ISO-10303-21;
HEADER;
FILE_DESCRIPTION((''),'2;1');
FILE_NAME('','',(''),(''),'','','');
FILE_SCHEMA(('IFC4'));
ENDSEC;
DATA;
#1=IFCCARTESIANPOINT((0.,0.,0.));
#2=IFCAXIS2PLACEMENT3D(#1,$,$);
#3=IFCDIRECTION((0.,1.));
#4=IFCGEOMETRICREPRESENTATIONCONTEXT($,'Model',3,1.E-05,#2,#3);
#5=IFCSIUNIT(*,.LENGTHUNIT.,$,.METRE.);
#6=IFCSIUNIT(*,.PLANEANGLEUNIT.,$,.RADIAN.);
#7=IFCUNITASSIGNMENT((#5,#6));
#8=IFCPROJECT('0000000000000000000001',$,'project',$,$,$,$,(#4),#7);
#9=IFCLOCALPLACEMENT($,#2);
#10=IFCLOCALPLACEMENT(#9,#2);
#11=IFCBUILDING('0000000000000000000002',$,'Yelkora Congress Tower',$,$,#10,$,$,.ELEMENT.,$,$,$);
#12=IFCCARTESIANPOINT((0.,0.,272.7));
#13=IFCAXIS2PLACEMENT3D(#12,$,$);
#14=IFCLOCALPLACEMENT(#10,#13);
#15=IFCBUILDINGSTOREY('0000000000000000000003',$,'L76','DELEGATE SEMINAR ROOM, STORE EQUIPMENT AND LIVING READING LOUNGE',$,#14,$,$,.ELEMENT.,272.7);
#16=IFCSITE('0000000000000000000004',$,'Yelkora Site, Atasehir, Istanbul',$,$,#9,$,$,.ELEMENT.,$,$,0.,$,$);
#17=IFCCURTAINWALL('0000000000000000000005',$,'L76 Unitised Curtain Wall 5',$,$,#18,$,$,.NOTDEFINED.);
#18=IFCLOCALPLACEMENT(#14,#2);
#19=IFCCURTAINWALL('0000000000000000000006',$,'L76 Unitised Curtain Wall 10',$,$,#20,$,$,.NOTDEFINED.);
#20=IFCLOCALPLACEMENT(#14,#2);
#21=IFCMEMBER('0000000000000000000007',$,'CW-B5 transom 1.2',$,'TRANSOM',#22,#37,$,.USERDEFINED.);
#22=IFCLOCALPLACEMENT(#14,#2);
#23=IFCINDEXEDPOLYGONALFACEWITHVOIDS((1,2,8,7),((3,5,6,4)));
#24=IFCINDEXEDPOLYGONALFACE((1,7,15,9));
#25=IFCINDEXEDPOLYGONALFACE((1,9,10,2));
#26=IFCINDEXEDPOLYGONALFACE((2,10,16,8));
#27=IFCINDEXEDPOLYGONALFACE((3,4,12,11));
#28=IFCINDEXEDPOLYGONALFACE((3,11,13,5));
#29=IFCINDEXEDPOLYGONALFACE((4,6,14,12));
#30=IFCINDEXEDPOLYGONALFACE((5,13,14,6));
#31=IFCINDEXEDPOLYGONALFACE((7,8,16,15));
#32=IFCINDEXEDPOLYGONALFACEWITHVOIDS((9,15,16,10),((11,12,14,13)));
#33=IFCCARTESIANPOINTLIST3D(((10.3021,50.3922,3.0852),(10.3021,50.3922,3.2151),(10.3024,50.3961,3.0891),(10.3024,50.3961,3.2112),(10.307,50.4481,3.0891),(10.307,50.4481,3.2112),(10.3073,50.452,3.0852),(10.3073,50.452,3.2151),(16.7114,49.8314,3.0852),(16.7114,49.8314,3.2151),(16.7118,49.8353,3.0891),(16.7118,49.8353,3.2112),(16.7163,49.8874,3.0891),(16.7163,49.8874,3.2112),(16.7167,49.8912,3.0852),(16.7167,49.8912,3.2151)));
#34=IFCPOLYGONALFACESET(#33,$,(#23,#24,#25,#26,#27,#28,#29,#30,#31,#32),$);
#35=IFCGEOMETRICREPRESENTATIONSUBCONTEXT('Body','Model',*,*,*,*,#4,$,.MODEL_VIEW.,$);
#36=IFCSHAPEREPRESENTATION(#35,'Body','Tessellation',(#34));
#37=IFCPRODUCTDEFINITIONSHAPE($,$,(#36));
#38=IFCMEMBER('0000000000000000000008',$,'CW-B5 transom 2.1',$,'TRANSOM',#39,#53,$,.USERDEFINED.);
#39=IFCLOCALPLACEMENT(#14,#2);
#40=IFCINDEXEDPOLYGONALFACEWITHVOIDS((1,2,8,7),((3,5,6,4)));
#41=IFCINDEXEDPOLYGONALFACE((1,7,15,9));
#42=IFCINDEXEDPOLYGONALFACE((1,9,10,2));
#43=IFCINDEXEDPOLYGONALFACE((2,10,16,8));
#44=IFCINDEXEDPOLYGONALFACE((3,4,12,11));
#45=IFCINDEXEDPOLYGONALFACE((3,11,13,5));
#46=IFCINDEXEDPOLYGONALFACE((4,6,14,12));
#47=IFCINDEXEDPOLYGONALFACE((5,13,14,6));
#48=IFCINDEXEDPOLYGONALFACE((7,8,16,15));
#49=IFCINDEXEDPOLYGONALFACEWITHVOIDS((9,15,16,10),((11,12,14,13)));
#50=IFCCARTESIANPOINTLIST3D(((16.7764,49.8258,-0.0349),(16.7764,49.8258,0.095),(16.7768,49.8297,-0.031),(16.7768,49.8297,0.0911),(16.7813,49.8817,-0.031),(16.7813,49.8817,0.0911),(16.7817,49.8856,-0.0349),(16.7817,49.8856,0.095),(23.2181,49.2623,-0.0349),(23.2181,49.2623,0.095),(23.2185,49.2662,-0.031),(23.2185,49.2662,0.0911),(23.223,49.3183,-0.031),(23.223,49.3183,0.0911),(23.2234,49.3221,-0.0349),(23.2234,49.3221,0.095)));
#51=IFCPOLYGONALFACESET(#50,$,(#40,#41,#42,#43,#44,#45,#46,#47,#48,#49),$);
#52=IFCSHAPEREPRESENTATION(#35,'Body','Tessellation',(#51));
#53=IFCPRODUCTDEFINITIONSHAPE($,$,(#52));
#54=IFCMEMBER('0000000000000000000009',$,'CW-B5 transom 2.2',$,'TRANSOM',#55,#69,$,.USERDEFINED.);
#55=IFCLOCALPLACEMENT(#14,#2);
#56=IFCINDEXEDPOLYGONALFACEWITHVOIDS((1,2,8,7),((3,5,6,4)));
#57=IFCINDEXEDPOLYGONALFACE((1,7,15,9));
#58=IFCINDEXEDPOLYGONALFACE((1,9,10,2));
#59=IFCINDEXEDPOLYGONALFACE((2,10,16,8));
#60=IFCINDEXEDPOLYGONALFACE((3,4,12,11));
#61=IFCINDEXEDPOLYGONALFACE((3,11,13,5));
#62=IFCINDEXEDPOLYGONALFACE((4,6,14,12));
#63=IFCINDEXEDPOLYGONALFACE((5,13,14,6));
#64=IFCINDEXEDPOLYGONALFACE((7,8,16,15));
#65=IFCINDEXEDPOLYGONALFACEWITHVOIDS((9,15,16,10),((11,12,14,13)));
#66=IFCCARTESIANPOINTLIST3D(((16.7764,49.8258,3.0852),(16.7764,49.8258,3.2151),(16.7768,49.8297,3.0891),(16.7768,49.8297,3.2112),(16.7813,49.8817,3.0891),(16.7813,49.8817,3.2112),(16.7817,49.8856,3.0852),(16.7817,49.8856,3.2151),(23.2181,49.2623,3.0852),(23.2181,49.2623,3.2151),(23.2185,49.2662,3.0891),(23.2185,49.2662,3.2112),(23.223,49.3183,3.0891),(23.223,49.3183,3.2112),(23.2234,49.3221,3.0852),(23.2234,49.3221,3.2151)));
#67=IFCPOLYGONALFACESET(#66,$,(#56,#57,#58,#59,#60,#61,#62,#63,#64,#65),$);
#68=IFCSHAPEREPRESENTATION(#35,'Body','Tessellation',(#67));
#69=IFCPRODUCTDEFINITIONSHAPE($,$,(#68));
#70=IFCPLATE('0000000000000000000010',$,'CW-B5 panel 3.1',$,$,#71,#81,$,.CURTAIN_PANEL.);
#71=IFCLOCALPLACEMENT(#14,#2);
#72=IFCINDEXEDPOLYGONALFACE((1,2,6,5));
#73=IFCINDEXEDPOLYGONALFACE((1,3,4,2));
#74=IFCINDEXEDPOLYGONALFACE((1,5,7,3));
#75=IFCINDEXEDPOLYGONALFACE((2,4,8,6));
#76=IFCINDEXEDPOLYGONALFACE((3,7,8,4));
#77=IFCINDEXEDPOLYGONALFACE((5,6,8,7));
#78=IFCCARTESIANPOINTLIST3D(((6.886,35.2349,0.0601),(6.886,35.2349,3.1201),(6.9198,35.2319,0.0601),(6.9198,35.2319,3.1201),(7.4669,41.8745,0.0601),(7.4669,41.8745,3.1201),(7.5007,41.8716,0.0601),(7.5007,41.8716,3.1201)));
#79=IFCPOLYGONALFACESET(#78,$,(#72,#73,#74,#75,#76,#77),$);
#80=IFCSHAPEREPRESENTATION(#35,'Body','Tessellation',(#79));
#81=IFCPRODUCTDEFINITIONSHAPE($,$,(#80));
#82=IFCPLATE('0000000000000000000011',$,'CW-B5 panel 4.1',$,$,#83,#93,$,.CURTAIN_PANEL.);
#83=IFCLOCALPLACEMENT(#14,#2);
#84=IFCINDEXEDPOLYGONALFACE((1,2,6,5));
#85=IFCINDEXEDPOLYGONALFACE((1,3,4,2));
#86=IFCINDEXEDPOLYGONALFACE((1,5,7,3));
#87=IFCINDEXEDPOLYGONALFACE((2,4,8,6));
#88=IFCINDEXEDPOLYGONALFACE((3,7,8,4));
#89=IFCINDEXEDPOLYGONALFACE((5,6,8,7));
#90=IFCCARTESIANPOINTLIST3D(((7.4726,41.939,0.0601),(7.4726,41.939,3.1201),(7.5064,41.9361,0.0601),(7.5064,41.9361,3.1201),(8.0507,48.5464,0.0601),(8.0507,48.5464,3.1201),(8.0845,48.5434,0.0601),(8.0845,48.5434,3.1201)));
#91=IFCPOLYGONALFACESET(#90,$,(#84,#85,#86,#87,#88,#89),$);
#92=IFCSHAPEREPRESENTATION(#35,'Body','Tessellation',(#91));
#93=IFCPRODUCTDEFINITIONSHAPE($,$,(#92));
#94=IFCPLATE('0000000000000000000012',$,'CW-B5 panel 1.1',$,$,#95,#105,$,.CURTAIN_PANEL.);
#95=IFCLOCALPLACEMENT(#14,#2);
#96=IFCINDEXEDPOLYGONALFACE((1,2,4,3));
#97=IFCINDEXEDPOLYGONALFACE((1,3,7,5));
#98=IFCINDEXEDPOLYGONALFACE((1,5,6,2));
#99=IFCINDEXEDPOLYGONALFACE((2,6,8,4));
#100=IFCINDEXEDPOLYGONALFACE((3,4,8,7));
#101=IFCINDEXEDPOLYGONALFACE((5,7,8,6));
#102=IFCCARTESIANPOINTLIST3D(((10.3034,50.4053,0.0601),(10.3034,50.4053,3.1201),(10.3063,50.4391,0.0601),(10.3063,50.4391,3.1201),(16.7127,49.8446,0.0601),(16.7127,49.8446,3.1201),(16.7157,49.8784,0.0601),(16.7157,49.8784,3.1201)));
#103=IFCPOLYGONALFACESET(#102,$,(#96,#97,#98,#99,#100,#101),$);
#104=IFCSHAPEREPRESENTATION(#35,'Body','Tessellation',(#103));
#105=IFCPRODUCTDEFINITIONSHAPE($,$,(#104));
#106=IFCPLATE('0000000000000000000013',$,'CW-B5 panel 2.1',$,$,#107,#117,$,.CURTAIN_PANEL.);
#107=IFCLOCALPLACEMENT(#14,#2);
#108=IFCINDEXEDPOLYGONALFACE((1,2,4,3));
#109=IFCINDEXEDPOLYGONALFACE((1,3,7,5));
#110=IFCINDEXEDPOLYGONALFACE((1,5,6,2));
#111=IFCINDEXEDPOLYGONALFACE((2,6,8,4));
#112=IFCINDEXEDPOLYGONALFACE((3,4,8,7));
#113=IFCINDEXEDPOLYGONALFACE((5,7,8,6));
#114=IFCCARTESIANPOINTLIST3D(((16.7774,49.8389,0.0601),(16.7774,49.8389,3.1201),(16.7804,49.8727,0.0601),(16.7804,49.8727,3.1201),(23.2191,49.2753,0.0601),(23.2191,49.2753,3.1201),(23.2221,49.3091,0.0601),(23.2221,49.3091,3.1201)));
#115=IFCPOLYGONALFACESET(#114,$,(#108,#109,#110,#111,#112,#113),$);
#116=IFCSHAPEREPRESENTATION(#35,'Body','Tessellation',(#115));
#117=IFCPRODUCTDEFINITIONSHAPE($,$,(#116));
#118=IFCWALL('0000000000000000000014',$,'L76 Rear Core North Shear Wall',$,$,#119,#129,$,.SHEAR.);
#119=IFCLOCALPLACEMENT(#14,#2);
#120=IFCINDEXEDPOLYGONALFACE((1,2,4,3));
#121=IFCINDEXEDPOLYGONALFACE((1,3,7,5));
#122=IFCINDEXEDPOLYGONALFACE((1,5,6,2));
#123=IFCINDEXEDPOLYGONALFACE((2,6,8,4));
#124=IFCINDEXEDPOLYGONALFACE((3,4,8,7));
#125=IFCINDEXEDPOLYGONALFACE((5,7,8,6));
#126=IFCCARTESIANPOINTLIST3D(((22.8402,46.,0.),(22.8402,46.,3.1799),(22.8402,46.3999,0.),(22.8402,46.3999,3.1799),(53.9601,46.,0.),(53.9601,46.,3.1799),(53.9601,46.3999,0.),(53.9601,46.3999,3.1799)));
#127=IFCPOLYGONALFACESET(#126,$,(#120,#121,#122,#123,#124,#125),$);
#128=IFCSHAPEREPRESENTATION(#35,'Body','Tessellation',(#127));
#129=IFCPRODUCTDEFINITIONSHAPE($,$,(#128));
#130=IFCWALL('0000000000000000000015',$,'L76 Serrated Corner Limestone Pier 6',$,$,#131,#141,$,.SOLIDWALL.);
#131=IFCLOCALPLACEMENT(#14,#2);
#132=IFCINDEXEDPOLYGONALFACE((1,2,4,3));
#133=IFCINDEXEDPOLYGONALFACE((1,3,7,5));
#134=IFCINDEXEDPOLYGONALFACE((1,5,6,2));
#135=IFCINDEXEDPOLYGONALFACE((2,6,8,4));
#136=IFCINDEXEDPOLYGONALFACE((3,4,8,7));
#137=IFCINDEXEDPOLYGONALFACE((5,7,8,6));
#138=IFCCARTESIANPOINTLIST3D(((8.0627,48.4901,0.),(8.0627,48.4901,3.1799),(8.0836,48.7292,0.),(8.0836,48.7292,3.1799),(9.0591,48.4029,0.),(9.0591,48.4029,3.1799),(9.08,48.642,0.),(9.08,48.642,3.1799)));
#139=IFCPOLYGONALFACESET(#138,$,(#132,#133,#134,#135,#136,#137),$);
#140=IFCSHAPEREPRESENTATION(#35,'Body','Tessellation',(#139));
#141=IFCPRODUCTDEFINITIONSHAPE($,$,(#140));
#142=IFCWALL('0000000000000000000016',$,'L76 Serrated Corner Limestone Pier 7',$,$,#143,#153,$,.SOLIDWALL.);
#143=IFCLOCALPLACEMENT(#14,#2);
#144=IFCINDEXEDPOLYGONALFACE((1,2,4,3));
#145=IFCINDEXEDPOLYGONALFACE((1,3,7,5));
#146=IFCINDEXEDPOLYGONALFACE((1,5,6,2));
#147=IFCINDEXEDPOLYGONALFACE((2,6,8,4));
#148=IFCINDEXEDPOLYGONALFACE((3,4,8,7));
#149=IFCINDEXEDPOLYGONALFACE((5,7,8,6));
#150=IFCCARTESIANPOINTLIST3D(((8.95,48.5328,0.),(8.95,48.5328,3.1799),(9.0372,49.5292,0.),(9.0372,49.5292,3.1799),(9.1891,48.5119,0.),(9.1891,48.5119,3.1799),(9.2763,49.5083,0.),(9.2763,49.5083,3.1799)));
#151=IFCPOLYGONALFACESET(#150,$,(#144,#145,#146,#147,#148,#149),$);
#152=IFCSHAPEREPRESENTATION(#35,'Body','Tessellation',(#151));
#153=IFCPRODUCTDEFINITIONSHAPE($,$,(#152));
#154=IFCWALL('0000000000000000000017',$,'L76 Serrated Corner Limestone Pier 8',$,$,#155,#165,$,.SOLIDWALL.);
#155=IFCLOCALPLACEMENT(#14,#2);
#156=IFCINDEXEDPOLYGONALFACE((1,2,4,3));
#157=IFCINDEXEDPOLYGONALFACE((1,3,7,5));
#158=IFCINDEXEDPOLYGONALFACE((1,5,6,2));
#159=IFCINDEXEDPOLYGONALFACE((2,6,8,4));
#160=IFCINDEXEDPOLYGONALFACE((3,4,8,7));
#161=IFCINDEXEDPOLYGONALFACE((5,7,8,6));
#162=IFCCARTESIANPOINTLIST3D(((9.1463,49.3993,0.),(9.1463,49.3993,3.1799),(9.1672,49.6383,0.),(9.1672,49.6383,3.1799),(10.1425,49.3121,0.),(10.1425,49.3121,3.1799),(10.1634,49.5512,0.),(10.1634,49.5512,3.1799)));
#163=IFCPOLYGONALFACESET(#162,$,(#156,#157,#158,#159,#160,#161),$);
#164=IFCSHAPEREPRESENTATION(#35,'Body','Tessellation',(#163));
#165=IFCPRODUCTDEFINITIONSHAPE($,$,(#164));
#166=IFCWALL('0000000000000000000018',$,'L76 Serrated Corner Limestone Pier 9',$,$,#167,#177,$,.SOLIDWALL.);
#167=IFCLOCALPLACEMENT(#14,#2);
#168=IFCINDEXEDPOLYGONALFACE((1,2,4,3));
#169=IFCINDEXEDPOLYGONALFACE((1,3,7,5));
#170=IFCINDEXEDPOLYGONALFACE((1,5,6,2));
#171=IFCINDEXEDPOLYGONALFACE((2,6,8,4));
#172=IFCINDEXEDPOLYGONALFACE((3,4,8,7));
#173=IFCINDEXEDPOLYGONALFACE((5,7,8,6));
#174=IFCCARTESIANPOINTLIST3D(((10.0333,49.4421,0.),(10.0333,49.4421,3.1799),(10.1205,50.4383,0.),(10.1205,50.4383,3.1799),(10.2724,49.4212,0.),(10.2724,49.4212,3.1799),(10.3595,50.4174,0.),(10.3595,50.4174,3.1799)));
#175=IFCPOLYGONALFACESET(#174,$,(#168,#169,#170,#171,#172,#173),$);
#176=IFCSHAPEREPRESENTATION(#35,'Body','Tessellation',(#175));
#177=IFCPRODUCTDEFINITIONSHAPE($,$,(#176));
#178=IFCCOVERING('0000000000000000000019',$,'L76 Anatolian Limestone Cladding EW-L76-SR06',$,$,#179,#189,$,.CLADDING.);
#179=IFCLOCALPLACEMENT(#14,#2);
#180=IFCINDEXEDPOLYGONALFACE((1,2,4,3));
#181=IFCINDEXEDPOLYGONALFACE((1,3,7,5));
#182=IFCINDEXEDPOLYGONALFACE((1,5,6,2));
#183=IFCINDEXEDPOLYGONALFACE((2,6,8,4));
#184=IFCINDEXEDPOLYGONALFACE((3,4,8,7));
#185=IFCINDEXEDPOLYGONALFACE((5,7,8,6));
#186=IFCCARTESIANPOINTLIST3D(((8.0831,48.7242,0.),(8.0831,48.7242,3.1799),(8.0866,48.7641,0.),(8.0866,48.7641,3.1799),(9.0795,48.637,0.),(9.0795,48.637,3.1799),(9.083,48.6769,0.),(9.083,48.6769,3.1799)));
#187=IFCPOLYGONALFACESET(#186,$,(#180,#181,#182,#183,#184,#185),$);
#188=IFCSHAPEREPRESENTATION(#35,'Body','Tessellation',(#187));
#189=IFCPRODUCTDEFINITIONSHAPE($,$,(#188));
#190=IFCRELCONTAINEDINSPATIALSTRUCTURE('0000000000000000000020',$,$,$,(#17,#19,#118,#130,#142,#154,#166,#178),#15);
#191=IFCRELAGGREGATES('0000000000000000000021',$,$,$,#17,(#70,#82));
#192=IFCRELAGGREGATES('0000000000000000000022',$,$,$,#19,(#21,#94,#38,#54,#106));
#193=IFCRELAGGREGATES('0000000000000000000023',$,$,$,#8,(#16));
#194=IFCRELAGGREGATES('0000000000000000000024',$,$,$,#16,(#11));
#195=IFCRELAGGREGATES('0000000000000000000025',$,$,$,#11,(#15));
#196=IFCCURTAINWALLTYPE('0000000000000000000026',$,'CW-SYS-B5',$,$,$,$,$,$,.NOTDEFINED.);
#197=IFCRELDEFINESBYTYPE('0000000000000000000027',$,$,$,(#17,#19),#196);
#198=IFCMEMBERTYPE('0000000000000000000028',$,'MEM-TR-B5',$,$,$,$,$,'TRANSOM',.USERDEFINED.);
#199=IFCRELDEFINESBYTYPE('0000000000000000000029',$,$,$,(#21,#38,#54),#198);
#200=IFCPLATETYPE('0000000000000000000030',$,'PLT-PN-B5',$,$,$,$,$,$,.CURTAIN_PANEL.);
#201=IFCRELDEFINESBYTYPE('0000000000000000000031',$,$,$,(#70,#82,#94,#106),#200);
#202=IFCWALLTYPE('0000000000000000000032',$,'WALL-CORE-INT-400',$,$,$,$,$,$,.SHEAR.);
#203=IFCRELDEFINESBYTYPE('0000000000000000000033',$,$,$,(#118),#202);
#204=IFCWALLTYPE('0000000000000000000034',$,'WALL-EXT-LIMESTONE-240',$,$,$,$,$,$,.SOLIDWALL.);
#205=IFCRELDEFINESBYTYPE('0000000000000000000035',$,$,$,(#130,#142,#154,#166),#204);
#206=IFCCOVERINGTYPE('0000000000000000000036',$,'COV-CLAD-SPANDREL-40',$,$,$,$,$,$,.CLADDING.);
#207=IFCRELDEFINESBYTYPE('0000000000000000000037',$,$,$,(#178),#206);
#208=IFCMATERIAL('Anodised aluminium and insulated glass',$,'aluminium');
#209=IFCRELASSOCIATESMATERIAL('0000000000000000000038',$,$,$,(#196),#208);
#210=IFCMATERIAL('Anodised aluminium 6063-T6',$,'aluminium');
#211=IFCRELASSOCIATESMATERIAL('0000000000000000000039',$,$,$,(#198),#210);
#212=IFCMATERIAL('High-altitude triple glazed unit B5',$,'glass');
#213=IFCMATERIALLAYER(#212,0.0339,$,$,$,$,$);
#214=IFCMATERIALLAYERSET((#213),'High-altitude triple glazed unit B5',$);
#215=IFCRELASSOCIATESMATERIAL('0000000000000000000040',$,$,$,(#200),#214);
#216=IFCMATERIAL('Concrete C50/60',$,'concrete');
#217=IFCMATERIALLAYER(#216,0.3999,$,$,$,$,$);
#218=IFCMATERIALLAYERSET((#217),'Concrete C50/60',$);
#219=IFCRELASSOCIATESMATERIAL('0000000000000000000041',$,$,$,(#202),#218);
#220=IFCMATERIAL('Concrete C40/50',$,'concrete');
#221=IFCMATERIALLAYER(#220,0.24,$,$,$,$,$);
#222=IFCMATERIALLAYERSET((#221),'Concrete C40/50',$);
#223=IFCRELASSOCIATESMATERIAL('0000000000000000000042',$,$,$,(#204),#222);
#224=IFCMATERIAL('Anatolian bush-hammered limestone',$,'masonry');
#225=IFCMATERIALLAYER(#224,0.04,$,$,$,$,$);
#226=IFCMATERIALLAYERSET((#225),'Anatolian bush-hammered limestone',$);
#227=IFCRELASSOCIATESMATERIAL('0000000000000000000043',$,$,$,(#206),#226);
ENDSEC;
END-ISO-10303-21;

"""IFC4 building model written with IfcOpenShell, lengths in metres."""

from ifc_helpers import new_model, si_unit, direction, frame, frame_2d, origin, origin_2d, place, context, subcontext, project, spatial, rectangle, hollow_rectangle, extrude, material, layer, layer_set, material_profile, profile_set, type_object, element, aggregate, save


model = new_model("IFC4")

# Units and contexts
model_context = context("Model", 3, precision=1e-05, world=origin(), true_north=direction((0.0, 1.0)))
body_context = subcontext(model_context, "Body", "Model", "MODEL_VIEW")
ifc_project = project(units=[si_unit("LENGTHUNIT", "METRE"), si_unit("PLANEANGLEUNIT", "RADIAN")], contexts=[model_context])

# Site, building, storey
site_placement = place(None, origin())
site = spatial("IfcSite", under=ifc_project, at=site_placement, Name="Yelkora Site, Atasehir, Istanbul", CompositionType="ELEMENT", RefElevation=0.0)
building_placement = place(site_placement, origin())
building = spatial("IfcBuilding", under=site, at=building_placement, Name="Yelkora Congress Tower", CompositionType="ELEMENT")
storey_placement = place(building_placement, frame((0.0, 0.0, 272.7)))
storey = spatial("IfcBuildingStorey", under=building, at=storey_placement, Name="L76", Description="DELEGATE SEMINAR ROOM, STORE EQUIPMENT AND LIVING READING LOUNGE", CompositionType="ELEMENT", Elevation=272.7)

# Curtain walls
ifc_material_1 = material(Name="Anodised aluminium and insulated glass", Category="aluminium")
curtain_wall_type = type_object("IfcCurtainWallType", Name="CW-SYS-B5", PredefinedType="NOTDEFINED", material=ifc_material_1)
curtain_wall_1_placement = place(storey_placement, origin())
curtain_wall_1 = element("IfcCurtainWall", 1, at=curtain_wall_1_placement, inside=storey, type_object=curtain_wall_type, Name="L76 Unitised Curtain Wall 5", PredefinedType="NOTDEFINED")
ifc_material_2 = material(Name="Anodised aluminium 6063-T6", Category="aluminium")
curtain_wall_2_placement = place(storey_placement, origin())
curtain_wall_2 = element("IfcCurtainWall", 2, at=curtain_wall_2_placement, inside=storey, type_object=curtain_wall_type, Name="L76 Unitised Curtain Wall 10", PredefinedType="NOTDEFINED")

# Members
ifc_material_profile_1 = material_profile(ifc_material_2, hollow_rectangle(XDim=0.0601, YDim=0.1299, WallThickness=0.0039, at=origin_2d()), Name="ALU 60x130x4")
ifc_profile_set_1 = profile_set([ifc_material_profile_1], Name="Anodised aluminium 6063-T6")
member_type_1 = type_object("IfcMemberType", Name="MEM-TR-B5", ElementType="TRANSOM", PredefinedType="USERDEFINED", material=ifc_profile_set_1)
member_1_placement = place(storey_placement, frame((10.3047, 50.4221, 3.1501), z_axis=(0.996194, -0.087162, 0.0), x_axis=(0.087162, 0.996194, 0.0)))
member_1 = element("IfcMember", 3, at=member_1_placement, type_object=member_type_1, Name="CW-B5 transom 1.2", ObjectType="TRANSOM", PredefinedType="USERDEFINED", context=body_context, shape_type="SweptSolid", body=[
    extrude(hollow_rectangle(XDim=0.0601, YDim=0.1299, WallThickness=0.0039, at=origin_2d()), origin(), (0.0, 0.0, 1.0), 6.4338),
])
member_2_placement = place(storey_placement, frame((16.7791, 49.8557, 0.03), z_axis=(0.996196, -0.087141, 0.0), x_axis=(0.087141, 0.996196, 0.0)))
member_2 = element("IfcMember", 4, at=member_2_placement, type_object=member_type_1, Name="CW-B5 transom 2.1", ObjectType="TRANSOM", PredefinedType="USERDEFINED", context=body_context, shape_type="SweptSolid", body=[
    extrude(hollow_rectangle(XDim=0.0601, YDim=0.1299, WallThickness=0.0039, at=origin_2d()), origin(), (0.0, 0.0, 1.0), 6.4663),
])
member_3_placement = place(storey_placement, frame((16.7791, 49.8557, 3.1501), z_axis=(0.996196, -0.087141, 0.0), x_axis=(0.087141, 0.996196, 0.0)))
member_3 = element("IfcMember", 5, at=member_3_placement, type_object=member_type_1, Name="CW-B5 transom 2.2", ObjectType="TRANSOM", PredefinedType="USERDEFINED", context=body_context, shape_type="SweptSolid", body=[
    extrude(hollow_rectangle(XDim=0.0601, YDim=0.1299, WallThickness=0.0039, at=origin_2d()), origin(), (0.0, 0.0, 1.0), 6.4663),
])

# Plates
ifc_material_3 = material(Name="High-altitude triple glazed unit B5", Category="glass")
ifc_layer_1 = layer(ifc_material_3, 0.0339)
ifc_layer_set_1 = layer_set([ifc_layer_1], Name="High-altitude triple glazed unit B5")
plate_type = type_object("IfcPlateType", Name="PLT-PN-B5", PredefinedType="CURTAIN_PANEL", material=ifc_layer_set_1)
plate_1_placement = place(storey_placement, frame((7.1934, 38.5532, 0.0601), z_axis=(0.0, 0.0, 1.0), x_axis=(0.087155, 0.996195, 0.0)))
plate_1 = element("IfcPlate", 6, at=plate_1_placement, type_object=plate_type, Name="CW-B5 panel 3.1", PredefinedType="CURTAIN_PANEL", context=body_context, shape_type="SweptSolid", body=[
    extrude(rectangle(XDim=6.665, YDim=0.0339, at=origin_2d()), origin(), (0.0, 0.0, 1.0), 3.0601),
])
plate_2_placement = place(storey_placement, frame((7.7786, 45.2412, 0.0601), z_axis=(0.0, 0.0, 1.0), x_axis=(0.087155, 0.996195, 0.0)))
plate_2 = element("IfcPlate", 7, at=plate_2_placement, type_object=plate_type, Name="CW-B5 panel 4.1", PredefinedType="CURTAIN_PANEL", context=body_context, shape_type="SweptSolid", body=[
    extrude(rectangle(XDim=6.6326, YDim=0.0339, at=origin_2d()), origin(), (0.0, 0.0, 1.0), 3.0601),
])
aggregate(curtain_wall_1, [plate_1, plate_2])
plate_3_placement = place(storey_placement, frame((13.5095, 50.1418, 0.0601), z_axis=(0.0, 0.0, 1.0), x_axis=(0.996195, -0.087157, 0.0)))
plate_3 = element("IfcPlate", 8, at=plate_3_placement, type_object=plate_type, Name="CW-B5 panel 1.1", PredefinedType="CURTAIN_PANEL", context=body_context, shape_type="SweptSolid", body=[
    extrude(rectangle(XDim=6.4338, YDim=0.0339, at=origin_2d()), origin(), (0.0, 0.0, 1.0), 3.0601),
])
plate_4_placement = place(storey_placement, frame((19.9998, 49.574, 0.0601), z_axis=(0.0, 0.0, 1.0), x_axis=(0.996195, -0.087157, 0.0)))
plate_4 = element("IfcPlate", 9, at=plate_4_placement, type_object=plate_type, Name="CW-B5 panel 2.1", PredefinedType="CURTAIN_PANEL", context=body_context, shape_type="SweptSolid", body=[
    extrude(rectangle(XDim=6.4663, YDim=0.0339, at=origin_2d()), origin(), (0.0, 0.0, 1.0), 3.0601),
])
aggregate(curtain_wall_2, [member_1, plate_3, member_2, member_3, plate_4])

# Walls
ifc_material_4 = material(Name="Concrete C50/60", Category="concrete")
ifc_layer_2 = layer(ifc_material_4, 0.3999)
ifc_layer_set_2 = layer_set([ifc_layer_2], Name="Concrete C50/60")
wall_type_1 = type_object("IfcWallType", Name="WALL-CORE-INT-400", PredefinedType="SHEAR", material=ifc_layer_set_2)
wall_placement = place(storey_placement, frame((22.8401, 46.2, 0.0), z_axis=(0.0, 0.0, 1.0), x_axis=(1.0, 0.0, 0.0)))
element("IfcWall", 10, at=wall_placement, inside=storey, type_object=wall_type_1, Name="L76 Rear Core North Shear Wall", PredefinedType="SHEAR", context=body_context, shape_type="SweptSolid", body=[
    extrude(rectangle(XDim=31.1199, YDim=0.3999, at=frame_2d((15.5601, 0.0))), origin(), (0.0, 0.0, 1.0), 3.1799),
])
ifc_material_5 = material(Name="Concrete C40/50", Category="concrete")
ifc_layer_3 = layer(ifc_material_5, 0.24)
ifc_layer_set_3 = layer_set([ifc_layer_3], Name="Concrete C40/50")
wall_type_2 = type_object("IfcWallType", Name="WALL-EXT-LIMESTONE-240", PredefinedType="SOLIDWALL", material=ifc_layer_set_3)
for number, where, z_axis, x_axis, name in (
    (11, (8.0732, 48.6096, 0.0), (0.0, 0.0, 1.0), (0.996196, -0.087146, 0.0), "L76 Serrated Corner Limestone Pier 6"),
    (12, (9.0696, 48.5225, 0.0), (0.0, 0.0, 1.0), (0.087146, 0.996196, 0.0), "L76 Serrated Corner Limestone Pier 7"),
):
    element("IfcWall", number, at=place(storey_placement, frame(where, z_axis=z_axis, x_axis=x_axis)), inside=storey, type_object=wall_type_2, Name=name, PredefinedType="SOLIDWALL", context=body_context, shape_type="SweptSolid", body=[
        extrude(rectangle(XDim=1.0002, YDim=0.24, at=frame_2d((0.5, 0.0))), origin(), (0.0, 0.0, 1.0), 3.1799),
    ])
for number, where, z_axis, x_axis, name in (
    (13, (9.1567, 49.5188, 0.0), (0.0, 0.0, 1.0), (0.996194, -0.087167, 0.0), "L76 Serrated Corner Limestone Pier 8"),
    (14, (10.1528, 49.4316, 0.0), (0.0, 0.0, 1.0), (0.087167, 0.996194, 0.0), "L76 Serrated Corner Limestone Pier 9"),
):
    element("IfcWall", number, at=place(storey_placement, frame(where, z_axis=z_axis, x_axis=x_axis)), inside=storey, type_object=wall_type_2, Name=name, PredefinedType="SOLIDWALL", context=body_context, shape_type="SweptSolid", body=[
        extrude(rectangle(XDim=1.0, YDim=0.24, at=frame_2d((0.5, 0.0))), origin(), (0.0, 0.0, 1.0), 3.1799),
    ])

# Covering
ifc_material_6 = material(Name="Anatolian bush-hammered limestone", Category="masonry")
ifc_layer_4 = layer(ifc_material_6, 0.04)
ifc_layer_set_4 = layer_set([ifc_layer_4], Name="Anatolian bush-hammered limestone")
covering_type = type_object("IfcCoveringType", Name="COV-CLAD-SPANDREL-40", PredefinedType="CLADDING", material=ifc_layer_set_4)
for number, where, z_axis, x_axis, name in (
    (15, (8.085, 48.7441, 0.0), (0.0, 0.0, 1.0), (0.996196, -0.087146, 0.0), "L76 Anatolian Limestone Cladding EW-L76-SR06"),
):
    element("IfcCovering", number, at=place(storey_placement, frame(where, z_axis=z_axis, x_axis=x_axis)), inside=storey, type_object=covering_type, Name=name, PredefinedType="CLADDING", context=body_context, shape_type="SweptSolid", body=[
        extrude(rectangle(XDim=1.0002, YDim=0.04, at=frame_2d((0.5, 0.0))), origin(), (0.0, 0.0, 1.0), 3.1799),
    ])

save(model, "model.ifc")
